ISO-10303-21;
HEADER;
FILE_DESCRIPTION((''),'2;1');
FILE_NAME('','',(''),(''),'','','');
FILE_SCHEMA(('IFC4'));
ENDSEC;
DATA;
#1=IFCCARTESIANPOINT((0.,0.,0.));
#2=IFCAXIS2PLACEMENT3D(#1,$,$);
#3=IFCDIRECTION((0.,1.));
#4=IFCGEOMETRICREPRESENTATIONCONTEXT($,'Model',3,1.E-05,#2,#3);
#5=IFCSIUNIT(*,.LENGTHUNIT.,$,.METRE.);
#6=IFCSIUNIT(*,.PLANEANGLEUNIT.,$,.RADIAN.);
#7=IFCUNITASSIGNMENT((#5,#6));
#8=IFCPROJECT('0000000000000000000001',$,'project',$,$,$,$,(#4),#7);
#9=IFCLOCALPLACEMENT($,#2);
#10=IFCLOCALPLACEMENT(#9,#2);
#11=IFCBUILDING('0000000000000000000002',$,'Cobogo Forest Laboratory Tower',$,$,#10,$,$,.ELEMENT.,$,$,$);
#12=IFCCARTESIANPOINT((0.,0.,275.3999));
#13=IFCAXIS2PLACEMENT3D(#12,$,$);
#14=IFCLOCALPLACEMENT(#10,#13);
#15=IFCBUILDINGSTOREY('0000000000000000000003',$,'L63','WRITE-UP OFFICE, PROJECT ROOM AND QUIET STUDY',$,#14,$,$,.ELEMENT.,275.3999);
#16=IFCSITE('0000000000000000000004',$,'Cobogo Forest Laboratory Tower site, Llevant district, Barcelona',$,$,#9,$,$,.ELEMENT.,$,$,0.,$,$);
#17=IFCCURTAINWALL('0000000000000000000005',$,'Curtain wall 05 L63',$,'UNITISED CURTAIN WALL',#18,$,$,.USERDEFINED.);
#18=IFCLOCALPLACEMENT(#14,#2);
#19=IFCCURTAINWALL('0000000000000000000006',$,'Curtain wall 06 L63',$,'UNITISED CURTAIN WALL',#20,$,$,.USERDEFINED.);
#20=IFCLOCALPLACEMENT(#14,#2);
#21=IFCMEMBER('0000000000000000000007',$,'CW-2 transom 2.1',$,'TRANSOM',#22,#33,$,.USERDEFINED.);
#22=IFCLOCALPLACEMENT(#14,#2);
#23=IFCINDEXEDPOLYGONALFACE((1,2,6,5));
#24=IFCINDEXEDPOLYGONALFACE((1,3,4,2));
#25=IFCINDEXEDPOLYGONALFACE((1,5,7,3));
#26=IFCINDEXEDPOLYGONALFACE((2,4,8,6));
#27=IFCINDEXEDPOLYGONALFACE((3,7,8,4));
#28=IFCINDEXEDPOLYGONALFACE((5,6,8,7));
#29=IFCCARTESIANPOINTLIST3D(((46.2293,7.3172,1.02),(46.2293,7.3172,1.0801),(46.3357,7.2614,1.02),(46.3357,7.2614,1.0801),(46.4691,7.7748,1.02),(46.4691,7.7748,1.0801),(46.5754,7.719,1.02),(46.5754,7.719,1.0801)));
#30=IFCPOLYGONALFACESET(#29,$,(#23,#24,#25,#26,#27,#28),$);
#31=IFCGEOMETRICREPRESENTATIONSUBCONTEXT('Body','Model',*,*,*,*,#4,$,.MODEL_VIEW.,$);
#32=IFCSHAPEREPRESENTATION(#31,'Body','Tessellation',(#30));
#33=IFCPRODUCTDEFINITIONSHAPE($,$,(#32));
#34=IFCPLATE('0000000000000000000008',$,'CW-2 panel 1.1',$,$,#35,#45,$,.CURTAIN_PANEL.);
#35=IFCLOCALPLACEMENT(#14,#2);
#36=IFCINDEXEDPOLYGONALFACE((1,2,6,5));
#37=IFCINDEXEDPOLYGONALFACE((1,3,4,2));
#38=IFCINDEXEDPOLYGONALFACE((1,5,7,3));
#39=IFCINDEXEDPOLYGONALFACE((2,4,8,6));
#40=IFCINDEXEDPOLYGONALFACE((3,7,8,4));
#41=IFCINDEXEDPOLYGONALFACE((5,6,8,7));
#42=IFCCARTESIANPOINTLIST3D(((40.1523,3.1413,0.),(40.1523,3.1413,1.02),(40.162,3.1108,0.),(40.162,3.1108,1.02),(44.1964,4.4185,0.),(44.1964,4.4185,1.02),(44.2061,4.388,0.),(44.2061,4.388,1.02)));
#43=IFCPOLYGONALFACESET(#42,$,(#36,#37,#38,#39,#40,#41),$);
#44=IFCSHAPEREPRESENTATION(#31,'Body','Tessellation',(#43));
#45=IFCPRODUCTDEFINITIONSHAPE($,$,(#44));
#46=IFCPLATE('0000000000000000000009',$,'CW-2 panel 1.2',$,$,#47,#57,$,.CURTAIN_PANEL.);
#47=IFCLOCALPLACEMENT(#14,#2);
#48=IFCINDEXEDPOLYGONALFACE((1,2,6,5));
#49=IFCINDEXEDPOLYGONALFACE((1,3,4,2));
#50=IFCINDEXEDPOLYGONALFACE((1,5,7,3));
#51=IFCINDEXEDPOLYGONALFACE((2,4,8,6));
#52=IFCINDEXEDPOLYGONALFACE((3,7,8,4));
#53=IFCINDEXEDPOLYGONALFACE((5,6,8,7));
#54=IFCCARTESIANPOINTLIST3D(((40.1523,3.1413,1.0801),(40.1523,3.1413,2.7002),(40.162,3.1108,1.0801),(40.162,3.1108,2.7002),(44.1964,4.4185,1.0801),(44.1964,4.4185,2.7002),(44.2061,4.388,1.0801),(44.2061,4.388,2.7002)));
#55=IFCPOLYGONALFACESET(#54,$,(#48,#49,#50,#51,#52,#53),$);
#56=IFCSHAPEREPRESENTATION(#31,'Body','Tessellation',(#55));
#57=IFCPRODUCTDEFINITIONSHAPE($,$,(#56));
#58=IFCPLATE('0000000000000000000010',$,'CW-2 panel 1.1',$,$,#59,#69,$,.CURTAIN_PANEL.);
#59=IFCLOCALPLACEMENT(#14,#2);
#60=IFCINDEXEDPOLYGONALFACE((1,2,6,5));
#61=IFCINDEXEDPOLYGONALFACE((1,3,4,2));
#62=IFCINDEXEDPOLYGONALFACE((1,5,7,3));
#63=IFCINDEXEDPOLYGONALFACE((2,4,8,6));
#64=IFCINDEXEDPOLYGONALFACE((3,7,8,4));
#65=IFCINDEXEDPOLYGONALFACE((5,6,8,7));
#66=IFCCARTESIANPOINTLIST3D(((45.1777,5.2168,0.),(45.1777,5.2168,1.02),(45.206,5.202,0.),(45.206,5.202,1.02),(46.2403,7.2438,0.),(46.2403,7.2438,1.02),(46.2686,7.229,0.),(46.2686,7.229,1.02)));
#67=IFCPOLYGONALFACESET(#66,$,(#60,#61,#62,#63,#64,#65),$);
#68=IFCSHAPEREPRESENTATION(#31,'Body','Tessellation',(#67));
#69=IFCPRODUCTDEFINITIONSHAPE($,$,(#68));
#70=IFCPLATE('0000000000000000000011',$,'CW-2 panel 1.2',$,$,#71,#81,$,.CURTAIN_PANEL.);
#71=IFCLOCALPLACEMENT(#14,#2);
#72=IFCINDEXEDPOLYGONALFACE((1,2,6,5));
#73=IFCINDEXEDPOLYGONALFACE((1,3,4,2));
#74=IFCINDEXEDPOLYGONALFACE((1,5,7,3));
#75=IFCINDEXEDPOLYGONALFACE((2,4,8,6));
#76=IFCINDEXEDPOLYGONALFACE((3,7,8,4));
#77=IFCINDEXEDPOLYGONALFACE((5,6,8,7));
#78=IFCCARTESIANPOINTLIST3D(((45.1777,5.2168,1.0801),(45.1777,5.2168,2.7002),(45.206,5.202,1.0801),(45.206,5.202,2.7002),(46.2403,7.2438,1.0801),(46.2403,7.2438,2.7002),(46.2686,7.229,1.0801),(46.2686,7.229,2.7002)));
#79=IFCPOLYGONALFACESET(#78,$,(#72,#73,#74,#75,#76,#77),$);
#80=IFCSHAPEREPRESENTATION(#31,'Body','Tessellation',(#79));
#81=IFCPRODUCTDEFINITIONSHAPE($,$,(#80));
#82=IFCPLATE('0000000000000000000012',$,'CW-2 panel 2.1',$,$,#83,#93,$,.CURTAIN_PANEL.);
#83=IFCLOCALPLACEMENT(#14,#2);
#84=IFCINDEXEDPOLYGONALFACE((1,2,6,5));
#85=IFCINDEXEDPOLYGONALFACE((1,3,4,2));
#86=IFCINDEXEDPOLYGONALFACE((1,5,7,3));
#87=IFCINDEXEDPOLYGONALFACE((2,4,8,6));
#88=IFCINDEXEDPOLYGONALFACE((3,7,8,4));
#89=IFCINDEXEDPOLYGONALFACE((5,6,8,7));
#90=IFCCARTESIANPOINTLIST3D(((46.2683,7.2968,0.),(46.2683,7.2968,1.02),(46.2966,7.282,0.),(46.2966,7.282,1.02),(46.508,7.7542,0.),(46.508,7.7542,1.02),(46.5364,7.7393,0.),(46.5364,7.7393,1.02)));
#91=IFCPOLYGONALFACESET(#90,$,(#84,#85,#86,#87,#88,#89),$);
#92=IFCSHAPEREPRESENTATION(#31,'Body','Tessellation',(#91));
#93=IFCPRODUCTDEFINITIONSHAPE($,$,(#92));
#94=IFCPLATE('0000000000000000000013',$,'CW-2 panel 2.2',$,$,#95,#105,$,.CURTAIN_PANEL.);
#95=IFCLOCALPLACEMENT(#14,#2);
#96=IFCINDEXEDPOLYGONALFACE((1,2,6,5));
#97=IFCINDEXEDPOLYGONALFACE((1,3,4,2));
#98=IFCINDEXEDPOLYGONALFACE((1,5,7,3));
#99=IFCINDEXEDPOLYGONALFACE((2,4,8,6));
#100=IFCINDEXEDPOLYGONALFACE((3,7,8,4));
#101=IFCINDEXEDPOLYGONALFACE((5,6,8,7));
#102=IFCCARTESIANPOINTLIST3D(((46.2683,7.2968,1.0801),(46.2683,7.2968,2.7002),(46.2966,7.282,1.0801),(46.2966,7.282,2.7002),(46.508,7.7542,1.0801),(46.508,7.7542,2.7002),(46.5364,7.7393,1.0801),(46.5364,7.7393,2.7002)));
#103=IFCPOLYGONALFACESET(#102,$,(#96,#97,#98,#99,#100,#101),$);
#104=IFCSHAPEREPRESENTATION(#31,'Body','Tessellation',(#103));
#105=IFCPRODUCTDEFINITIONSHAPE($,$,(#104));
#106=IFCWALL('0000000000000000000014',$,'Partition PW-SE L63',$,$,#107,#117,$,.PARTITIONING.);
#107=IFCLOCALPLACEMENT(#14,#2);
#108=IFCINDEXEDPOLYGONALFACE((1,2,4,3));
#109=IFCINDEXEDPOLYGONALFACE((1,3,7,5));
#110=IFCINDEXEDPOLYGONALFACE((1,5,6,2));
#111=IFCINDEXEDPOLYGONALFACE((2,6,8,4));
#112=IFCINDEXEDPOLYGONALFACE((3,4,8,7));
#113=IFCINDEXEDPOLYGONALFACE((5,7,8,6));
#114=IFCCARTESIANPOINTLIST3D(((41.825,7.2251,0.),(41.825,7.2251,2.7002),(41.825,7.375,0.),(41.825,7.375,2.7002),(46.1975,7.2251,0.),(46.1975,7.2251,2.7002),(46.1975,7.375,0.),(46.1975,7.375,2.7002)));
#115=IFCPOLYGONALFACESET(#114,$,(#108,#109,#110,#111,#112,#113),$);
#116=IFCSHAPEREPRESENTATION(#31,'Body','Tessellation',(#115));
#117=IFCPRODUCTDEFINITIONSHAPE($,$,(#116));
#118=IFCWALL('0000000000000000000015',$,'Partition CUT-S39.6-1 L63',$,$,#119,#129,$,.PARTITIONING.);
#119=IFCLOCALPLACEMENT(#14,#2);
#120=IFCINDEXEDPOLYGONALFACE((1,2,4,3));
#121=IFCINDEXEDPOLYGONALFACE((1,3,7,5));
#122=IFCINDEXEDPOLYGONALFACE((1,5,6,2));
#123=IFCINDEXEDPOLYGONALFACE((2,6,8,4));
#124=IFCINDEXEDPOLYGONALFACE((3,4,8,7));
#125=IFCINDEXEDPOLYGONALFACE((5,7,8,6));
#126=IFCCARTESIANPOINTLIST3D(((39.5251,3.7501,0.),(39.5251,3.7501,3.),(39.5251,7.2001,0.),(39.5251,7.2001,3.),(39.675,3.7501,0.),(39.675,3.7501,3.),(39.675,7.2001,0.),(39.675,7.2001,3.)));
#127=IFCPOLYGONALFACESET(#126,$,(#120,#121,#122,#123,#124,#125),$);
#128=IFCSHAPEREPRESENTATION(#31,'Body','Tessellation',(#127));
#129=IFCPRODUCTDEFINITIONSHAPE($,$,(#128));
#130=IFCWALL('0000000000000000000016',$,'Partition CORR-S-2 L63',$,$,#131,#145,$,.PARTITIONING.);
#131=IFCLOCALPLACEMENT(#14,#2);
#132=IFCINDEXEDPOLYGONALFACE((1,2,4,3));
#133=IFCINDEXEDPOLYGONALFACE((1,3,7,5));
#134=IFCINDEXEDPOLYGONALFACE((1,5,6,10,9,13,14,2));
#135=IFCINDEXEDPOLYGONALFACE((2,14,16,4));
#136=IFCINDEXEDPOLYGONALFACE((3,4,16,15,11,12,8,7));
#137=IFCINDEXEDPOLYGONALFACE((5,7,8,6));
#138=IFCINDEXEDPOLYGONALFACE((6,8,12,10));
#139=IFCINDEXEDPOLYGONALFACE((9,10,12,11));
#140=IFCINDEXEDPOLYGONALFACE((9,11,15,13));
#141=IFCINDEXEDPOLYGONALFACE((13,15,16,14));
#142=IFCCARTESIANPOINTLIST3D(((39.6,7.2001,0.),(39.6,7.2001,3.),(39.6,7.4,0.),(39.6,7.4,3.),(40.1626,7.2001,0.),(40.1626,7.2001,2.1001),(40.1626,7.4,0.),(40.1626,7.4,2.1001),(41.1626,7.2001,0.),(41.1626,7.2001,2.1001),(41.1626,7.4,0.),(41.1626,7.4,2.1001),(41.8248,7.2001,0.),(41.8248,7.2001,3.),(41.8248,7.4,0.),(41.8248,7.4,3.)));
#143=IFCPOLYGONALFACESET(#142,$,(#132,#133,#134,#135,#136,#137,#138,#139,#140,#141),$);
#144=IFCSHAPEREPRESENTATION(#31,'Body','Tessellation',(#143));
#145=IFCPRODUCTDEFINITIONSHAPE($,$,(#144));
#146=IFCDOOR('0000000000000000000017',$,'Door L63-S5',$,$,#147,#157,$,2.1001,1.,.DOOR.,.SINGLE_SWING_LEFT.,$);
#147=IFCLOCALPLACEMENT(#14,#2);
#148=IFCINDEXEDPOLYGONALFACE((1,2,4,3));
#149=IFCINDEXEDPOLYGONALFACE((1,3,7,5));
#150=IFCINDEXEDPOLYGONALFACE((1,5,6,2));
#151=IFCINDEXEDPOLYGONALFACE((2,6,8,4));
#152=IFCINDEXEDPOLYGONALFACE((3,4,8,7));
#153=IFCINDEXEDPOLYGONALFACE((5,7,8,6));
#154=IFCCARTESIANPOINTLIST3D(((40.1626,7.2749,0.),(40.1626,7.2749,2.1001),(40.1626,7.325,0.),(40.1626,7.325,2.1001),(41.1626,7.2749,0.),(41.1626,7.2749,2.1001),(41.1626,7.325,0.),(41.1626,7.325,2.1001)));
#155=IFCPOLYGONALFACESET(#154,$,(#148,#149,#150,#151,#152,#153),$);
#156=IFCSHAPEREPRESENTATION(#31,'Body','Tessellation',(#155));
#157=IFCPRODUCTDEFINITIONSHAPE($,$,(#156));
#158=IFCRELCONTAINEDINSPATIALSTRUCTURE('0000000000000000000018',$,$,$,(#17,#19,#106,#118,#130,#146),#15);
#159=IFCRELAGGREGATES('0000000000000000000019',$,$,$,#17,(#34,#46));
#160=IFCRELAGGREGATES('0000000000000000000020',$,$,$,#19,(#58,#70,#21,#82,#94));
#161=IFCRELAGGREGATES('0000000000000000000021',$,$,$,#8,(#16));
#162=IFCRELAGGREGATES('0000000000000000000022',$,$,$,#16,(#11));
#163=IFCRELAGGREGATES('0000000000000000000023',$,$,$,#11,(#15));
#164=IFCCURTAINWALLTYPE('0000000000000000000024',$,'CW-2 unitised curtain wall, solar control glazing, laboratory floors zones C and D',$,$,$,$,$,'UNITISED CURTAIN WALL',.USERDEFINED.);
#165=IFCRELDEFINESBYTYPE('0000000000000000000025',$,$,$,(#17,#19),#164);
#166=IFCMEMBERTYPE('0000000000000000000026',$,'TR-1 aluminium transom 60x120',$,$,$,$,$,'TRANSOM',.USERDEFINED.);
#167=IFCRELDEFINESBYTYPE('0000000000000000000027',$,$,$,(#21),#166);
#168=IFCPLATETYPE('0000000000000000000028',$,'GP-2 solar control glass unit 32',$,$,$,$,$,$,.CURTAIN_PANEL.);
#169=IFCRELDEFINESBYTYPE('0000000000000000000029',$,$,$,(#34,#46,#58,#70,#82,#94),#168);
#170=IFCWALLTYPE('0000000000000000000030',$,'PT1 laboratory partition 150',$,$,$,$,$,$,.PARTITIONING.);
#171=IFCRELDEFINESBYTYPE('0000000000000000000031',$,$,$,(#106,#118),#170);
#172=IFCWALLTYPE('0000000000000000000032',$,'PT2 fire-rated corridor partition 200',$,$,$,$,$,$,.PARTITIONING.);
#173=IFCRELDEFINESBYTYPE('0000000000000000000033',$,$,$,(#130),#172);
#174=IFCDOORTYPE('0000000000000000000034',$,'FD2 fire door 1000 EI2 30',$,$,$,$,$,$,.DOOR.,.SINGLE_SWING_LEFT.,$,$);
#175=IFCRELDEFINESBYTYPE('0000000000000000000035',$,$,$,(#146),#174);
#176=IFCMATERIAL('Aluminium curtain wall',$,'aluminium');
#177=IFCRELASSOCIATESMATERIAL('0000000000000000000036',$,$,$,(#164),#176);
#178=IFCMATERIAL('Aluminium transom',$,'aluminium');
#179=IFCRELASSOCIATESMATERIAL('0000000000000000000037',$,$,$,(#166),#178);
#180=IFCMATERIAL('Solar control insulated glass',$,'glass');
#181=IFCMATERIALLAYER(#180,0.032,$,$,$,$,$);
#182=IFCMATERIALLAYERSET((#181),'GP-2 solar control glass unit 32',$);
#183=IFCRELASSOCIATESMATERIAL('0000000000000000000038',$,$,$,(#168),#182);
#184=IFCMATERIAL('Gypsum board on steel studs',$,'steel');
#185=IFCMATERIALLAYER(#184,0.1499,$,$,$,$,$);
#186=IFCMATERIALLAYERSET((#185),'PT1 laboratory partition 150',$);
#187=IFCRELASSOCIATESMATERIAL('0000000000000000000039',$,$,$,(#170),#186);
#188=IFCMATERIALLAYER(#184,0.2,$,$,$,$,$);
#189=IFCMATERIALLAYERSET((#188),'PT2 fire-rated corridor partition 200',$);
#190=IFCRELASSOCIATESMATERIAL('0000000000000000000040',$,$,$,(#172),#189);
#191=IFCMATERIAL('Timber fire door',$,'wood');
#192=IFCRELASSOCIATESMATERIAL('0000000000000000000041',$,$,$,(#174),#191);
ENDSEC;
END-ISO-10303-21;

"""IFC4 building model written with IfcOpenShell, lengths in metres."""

from ifc_helpers import new_model, si_unit, direction, frame, frame_2d, origin, origin_2d, place, context, subcontext, project, spatial, rectangle, extrude, material, layer, layer_set, material_profile, profile_set, type_object, element, fill, aggregate, save


model = new_model("IFC4")

# Units and contexts
model_context = context("Model", 3, precision=1e-05, world=origin(), true_north=direction((0.0, 1.0)))
body_context = subcontext(model_context, "Body", "Model", "MODEL_VIEW")
ifc_project = project(units=[si_unit("LENGTHUNIT", "METRE"), si_unit("PLANEANGLEUNIT", "RADIAN")], contexts=[model_context])

# Site, building, storey
site_placement = place(None, origin())
site = spatial("IfcSite", under=ifc_project, at=site_placement, Name="Cobogo Forest Laboratory Tower site, Llevant district, Barcelona", CompositionType="ELEMENT", RefElevation=0.0)
building_placement = place(site_placement, origin())
building = spatial("IfcBuilding", under=site, at=building_placement, Name="Cobogo Forest Laboratory Tower", CompositionType="ELEMENT")
storey_placement = place(building_placement, frame((0.0, 0.0, 275.3999)))
storey = spatial("IfcBuildingStorey", under=building, at=storey_placement, Name="L63", Description="WRITE-UP OFFICE, PROJECT ROOM AND QUIET STUDY", CompositionType="ELEMENT", Elevation=275.3999)

# Shared definitions
ifc_material_1 = material(Name="Aluminium curtain wall", Category="aluminium")
curtain_wall_type = type_object("IfcCurtainWallType", Name="CW-2 unitised curtain wall, solar control glazing, laboratory floors zones C and D", ElementType="UNITISED CURTAIN WALL", PredefinedType="USERDEFINED", material=ifc_material_1)

# Curtain walls
curtain_wall_1_placement = place(storey_placement, origin())
curtain_wall_1 = element("IfcCurtainWall", 1, at=curtain_wall_1_placement, inside=storey, type_object=curtain_wall_type, Name="Curtain wall 05 L63", ObjectType="UNITISED CURTAIN WALL", PredefinedType="USERDEFINED")
curtain_wall_2_placement = place(storey_placement, origin())
curtain_wall_2 = element("IfcCurtainWall", 2, at=curtain_wall_2_placement, inside=storey, type_object=curtain_wall_type, Name="Curtain wall 06 L63", ObjectType="UNITISED CURTAIN WALL", PredefinedType="USERDEFINED")

# Member
ifc_material_2 = material(Name="Aluminium transom", Category="aluminium")
ifc_material_profile_1 = material_profile(ifc_material_2, rectangle(XDim=0.1201, YDim=0.0601, at=origin_2d()), Name="AL 60x120")
ifc_profile_set_1 = profile_set([ifc_material_profile_1], Name="Aluminium transom")
member_type_1 = type_object("IfcMemberType", Name="TR-1 aluminium transom 60x120", ElementType="TRANSOM", PredefinedType="USERDEFINED", material=ifc_profile_set_1)
member_1_placement = place(storey_placement, frame((46.2825, 7.2893, 1.05), z_axis=(0.464148, 0.885758, 0.0), x_axis=(-0.885758, 0.464148, 0.0)))
member_1 = element("IfcMember", 3, at=member_1_placement, type_object=member_type_1, Name="CW-2 transom 2.1", ObjectType="TRANSOM", PredefinedType="USERDEFINED", context=body_context, shape_type="SweptSolid", body=[
    extrude(rectangle(XDim=0.1201, YDim=0.0601, at=origin_2d()), origin(), (0.0, 0.0, 1.0), 0.5166),
])

# Plates
ifc_material_3 = material(Name="Solar control insulated glass", Category="glass")
ifc_layer_1 = layer(ifc_material_3, 0.032)
ifc_layer_set_1 = layer_set([ifc_layer_1], Name="GP-2 solar control glass unit 32")
plate_type = type_object("IfcPlateType", Name="GP-2 solar control glass unit 32", PredefinedType="CURTAIN_PANEL", material=ifc_layer_set_1)
plate_1_placement = place(storey_placement, frame((42.1792, 3.7646, 0.0), z_axis=(0.0, 0.0, 1.0), x_axis=(0.953581, 0.301135, 0.0)))
plate_1 = element("IfcPlate", 4, at=plate_1_placement, type_object=plate_type, Name="CW-2 panel 1.1", PredefinedType="CURTAIN_PANEL", context=body_context, shape_type="SweptSolid", body=[
    extrude(rectangle(XDim=4.241, YDim=0.032, at=origin_2d()), origin(), (0.0, 0.0, 1.0), 1.02),
])
plate_2_placement = place(storey_placement, frame((42.1792, 3.7646, 1.0801), z_axis=(0.0, 0.0, 1.0), x_axis=(0.953581, 0.301135, 0.0)))
plate_2 = element("IfcPlate", 5, at=plate_2_placement, type_object=plate_type, Name="CW-2 panel 1.2", PredefinedType="CURTAIN_PANEL", context=body_context, shape_type="SweptSolid", body=[
    extrude(rectangle(XDim=4.241, YDim=0.032, at=origin_2d()), origin(), (0.0, 0.0, 1.0), 1.6201),
])
aggregate(curtain_wall_1, [plate_1, plate_2])
plate_3_placement = place(storey_placement, frame((45.7231, 6.2229, 0.0), z_axis=(0.0, 0.0, 1.0), x_axis=(0.464284, 0.885686, 0.0)))
plate_3 = element("IfcPlate", 6, at=plate_3_placement, type_object=plate_type, Name="CW-2 panel 1.1", PredefinedType="CURTAIN_PANEL", context=body_context, shape_type="SweptSolid", body=[
    extrude(rectangle(XDim=2.2886, YDim=0.032, at=origin_2d()), origin(), (0.0, 0.0, 1.0), 1.02),
])
plate_4_placement = place(storey_placement, frame((45.7231, 6.2229, 1.0801), z_axis=(0.0, 0.0, 1.0), x_axis=(0.464284, 0.885686, 0.0)))
plate_4 = element("IfcPlate", 7, at=plate_4_placement, type_object=plate_type, Name="CW-2 panel 1.2", PredefinedType="CURTAIN_PANEL", context=body_context, shape_type="SweptSolid", body=[
    extrude(rectangle(XDim=2.2886, YDim=0.032, at=origin_2d()), origin(), (0.0, 0.0, 1.0), 1.6201),
])
plate_5_placement = place(storey_placement, frame((46.4023, 7.5181, 0.0), z_axis=(0.0, 0.0, 1.0), x_axis=(0.464284, 0.885686, 0.0)))
plate_5 = element("IfcPlate", 8, at=plate_5_placement, type_object=plate_type, Name="CW-2 panel 2.1", PredefinedType="CURTAIN_PANEL", context=body_context, shape_type="SweptSolid", body=[
    extrude(rectangle(XDim=0.5164, YDim=0.032, at=origin_2d()), origin(), (0.0, 0.0, 1.0), 1.02),
])
plate_6_placement = place(storey_placement, frame((46.4023, 7.5181, 1.0801), z_axis=(0.0, 0.0, 1.0), x_axis=(0.464284, 0.885686, 0.0)))
plate_6 = element("IfcPlate", 9, at=plate_6_placement, type_object=plate_type, Name="CW-2 panel 2.2", PredefinedType="CURTAIN_PANEL", context=body_context, shape_type="SweptSolid", body=[
    extrude(rectangle(XDim=0.5164, YDim=0.032, at=origin_2d()), origin(), (0.0, 0.0, 1.0), 1.6201),
])
aggregate(curtain_wall_2, [plate_3, plate_4, member_1, plate_5, plate_6])

# Walls
ifc_material_4 = material(Name="Gypsum board on steel studs", Category="steel")
ifc_layer_2 = layer(ifc_material_4, 0.1499)
ifc_layer_set_2 = layer_set([ifc_layer_2], Name="PT1 laboratory partition 150")
wall_type_1 = type_object("IfcWallType", Name="PT1 laboratory partition 150", PredefinedType="PARTITIONING", material=ifc_layer_set_2)
wall_1_placement = place(storey_placement, frame((46.1975, 7.3, 0.0), z_axis=(0.0, 0.0, 1.0), x_axis=(-1.0, 0.0, 0.0)))
element("IfcWall", 10, at=wall_1_placement, inside=storey, type_object=wall_type_1, Name="Partition PW-SE L63", PredefinedType="PARTITIONING", context=body_context, shape_type="SweptSolid", body=[
    extrude(rectangle(XDim=4.3726, YDim=0.1499, at=frame_2d((2.1863, 0.0))), origin(), (0.0, 0.0, 1.0), 2.7002),
])
wall_2_placement = place(storey_placement, frame((39.6001, 3.75, 0.0), z_axis=(0.0, 0.0, 1.0), x_axis=(0.0, 1.0, 0.0)))
element("IfcWall", 11, at=wall_2_placement, inside=storey, type_object=wall_type_1, Name="Partition CUT-S39.6-1 L63", PredefinedType="PARTITIONING", context=body_context, shape_type="SweptSolid", body=[
    extrude(rectangle(XDim=3.45, YDim=0.1499, at=frame_2d((1.7251, 0.0))), origin(), (0.0, 0.0, 1.0), 3.0),
])

# Wall, opening, door
ifc_layer_3 = layer(ifc_material_4, 0.2)
ifc_layer_set_3 = layer_set([ifc_layer_3], Name="PT2 fire-rated corridor partition 200")
wall_type_2 = type_object("IfcWallType", Name="PT2 fire-rated corridor partition 200", PredefinedType="PARTITIONING", material=ifc_layer_set_3)
wall_3_placement = place(storey_placement, frame((39.6001, 7.3, 0.0), z_axis=(0.0, 0.0, 1.0), x_axis=(1.0, 0.0, 0.0)))
wall_3 = element("IfcWall", 12, at=wall_3_placement, inside=storey, type_object=wall_type_2, Name="Partition CORR-S-2 L63", PredefinedType="PARTITIONING", context=body_context, shape_type="SweptSolid", body=[
    extrude(rectangle(XDim=2.2249, YDim=0.2, at=frame_2d((1.1123, 0.0))), origin(), (0.0, 0.0, 1.0), 3.0),
])
opening_1_placement = place(wall_3_placement, frame((0.5625, 0.0, 0.0)))
opening_1 = element("IfcOpeningElement", 13, at=opening_1_placement, cuts=wall_3, PredefinedType="OPENING", context=body_context, shape_type="SweptSolid", body=[
    extrude(rectangle(XDim=1.0, YDim=2.1001, at=frame_2d((0.5, 1.05))), frame((0.0, 0.1099, 0.0), z_axis=(0.0, -1.0, 0.0), x_axis=(1.0, 0.0, 0.0)), (0.0, 0.0, 1.0), 0.22),
])
ifc_material_5 = material(Name="Timber fire door", Category="wood")
door_type_1 = type_object("IfcDoorType", Name="FD2 fire door 1000 EI2 30", OperationType="SINGLE_SWING_LEFT", PredefinedType="DOOR", material=ifc_material_5)
door_1_placement = place(opening_1_placement, origin())
door_1 = element("IfcDoor", 14, at=door_1_placement, inside=storey, type_object=door_type_1, Name="Door L63-S5", OperationType="SINGLE_SWING_LEFT", OverallHeight=2.1001, OverallWidth=1.0, PredefinedType="DOOR", context=body_context, shape_type="SweptSolid", body=[
    extrude(rectangle(XDim=1.0, YDim=2.1001, at=frame_2d((0.5, 1.05))), frame((0.0, 0.0249, 0.0), z_axis=(0.0, -1.0, 0.0), x_axis=(1.0, 0.0, 0.0)), (0.0, 0.0, 1.0), 0.05),
])
fill(opening_1, door_1)

save(model, "model.ifc")
